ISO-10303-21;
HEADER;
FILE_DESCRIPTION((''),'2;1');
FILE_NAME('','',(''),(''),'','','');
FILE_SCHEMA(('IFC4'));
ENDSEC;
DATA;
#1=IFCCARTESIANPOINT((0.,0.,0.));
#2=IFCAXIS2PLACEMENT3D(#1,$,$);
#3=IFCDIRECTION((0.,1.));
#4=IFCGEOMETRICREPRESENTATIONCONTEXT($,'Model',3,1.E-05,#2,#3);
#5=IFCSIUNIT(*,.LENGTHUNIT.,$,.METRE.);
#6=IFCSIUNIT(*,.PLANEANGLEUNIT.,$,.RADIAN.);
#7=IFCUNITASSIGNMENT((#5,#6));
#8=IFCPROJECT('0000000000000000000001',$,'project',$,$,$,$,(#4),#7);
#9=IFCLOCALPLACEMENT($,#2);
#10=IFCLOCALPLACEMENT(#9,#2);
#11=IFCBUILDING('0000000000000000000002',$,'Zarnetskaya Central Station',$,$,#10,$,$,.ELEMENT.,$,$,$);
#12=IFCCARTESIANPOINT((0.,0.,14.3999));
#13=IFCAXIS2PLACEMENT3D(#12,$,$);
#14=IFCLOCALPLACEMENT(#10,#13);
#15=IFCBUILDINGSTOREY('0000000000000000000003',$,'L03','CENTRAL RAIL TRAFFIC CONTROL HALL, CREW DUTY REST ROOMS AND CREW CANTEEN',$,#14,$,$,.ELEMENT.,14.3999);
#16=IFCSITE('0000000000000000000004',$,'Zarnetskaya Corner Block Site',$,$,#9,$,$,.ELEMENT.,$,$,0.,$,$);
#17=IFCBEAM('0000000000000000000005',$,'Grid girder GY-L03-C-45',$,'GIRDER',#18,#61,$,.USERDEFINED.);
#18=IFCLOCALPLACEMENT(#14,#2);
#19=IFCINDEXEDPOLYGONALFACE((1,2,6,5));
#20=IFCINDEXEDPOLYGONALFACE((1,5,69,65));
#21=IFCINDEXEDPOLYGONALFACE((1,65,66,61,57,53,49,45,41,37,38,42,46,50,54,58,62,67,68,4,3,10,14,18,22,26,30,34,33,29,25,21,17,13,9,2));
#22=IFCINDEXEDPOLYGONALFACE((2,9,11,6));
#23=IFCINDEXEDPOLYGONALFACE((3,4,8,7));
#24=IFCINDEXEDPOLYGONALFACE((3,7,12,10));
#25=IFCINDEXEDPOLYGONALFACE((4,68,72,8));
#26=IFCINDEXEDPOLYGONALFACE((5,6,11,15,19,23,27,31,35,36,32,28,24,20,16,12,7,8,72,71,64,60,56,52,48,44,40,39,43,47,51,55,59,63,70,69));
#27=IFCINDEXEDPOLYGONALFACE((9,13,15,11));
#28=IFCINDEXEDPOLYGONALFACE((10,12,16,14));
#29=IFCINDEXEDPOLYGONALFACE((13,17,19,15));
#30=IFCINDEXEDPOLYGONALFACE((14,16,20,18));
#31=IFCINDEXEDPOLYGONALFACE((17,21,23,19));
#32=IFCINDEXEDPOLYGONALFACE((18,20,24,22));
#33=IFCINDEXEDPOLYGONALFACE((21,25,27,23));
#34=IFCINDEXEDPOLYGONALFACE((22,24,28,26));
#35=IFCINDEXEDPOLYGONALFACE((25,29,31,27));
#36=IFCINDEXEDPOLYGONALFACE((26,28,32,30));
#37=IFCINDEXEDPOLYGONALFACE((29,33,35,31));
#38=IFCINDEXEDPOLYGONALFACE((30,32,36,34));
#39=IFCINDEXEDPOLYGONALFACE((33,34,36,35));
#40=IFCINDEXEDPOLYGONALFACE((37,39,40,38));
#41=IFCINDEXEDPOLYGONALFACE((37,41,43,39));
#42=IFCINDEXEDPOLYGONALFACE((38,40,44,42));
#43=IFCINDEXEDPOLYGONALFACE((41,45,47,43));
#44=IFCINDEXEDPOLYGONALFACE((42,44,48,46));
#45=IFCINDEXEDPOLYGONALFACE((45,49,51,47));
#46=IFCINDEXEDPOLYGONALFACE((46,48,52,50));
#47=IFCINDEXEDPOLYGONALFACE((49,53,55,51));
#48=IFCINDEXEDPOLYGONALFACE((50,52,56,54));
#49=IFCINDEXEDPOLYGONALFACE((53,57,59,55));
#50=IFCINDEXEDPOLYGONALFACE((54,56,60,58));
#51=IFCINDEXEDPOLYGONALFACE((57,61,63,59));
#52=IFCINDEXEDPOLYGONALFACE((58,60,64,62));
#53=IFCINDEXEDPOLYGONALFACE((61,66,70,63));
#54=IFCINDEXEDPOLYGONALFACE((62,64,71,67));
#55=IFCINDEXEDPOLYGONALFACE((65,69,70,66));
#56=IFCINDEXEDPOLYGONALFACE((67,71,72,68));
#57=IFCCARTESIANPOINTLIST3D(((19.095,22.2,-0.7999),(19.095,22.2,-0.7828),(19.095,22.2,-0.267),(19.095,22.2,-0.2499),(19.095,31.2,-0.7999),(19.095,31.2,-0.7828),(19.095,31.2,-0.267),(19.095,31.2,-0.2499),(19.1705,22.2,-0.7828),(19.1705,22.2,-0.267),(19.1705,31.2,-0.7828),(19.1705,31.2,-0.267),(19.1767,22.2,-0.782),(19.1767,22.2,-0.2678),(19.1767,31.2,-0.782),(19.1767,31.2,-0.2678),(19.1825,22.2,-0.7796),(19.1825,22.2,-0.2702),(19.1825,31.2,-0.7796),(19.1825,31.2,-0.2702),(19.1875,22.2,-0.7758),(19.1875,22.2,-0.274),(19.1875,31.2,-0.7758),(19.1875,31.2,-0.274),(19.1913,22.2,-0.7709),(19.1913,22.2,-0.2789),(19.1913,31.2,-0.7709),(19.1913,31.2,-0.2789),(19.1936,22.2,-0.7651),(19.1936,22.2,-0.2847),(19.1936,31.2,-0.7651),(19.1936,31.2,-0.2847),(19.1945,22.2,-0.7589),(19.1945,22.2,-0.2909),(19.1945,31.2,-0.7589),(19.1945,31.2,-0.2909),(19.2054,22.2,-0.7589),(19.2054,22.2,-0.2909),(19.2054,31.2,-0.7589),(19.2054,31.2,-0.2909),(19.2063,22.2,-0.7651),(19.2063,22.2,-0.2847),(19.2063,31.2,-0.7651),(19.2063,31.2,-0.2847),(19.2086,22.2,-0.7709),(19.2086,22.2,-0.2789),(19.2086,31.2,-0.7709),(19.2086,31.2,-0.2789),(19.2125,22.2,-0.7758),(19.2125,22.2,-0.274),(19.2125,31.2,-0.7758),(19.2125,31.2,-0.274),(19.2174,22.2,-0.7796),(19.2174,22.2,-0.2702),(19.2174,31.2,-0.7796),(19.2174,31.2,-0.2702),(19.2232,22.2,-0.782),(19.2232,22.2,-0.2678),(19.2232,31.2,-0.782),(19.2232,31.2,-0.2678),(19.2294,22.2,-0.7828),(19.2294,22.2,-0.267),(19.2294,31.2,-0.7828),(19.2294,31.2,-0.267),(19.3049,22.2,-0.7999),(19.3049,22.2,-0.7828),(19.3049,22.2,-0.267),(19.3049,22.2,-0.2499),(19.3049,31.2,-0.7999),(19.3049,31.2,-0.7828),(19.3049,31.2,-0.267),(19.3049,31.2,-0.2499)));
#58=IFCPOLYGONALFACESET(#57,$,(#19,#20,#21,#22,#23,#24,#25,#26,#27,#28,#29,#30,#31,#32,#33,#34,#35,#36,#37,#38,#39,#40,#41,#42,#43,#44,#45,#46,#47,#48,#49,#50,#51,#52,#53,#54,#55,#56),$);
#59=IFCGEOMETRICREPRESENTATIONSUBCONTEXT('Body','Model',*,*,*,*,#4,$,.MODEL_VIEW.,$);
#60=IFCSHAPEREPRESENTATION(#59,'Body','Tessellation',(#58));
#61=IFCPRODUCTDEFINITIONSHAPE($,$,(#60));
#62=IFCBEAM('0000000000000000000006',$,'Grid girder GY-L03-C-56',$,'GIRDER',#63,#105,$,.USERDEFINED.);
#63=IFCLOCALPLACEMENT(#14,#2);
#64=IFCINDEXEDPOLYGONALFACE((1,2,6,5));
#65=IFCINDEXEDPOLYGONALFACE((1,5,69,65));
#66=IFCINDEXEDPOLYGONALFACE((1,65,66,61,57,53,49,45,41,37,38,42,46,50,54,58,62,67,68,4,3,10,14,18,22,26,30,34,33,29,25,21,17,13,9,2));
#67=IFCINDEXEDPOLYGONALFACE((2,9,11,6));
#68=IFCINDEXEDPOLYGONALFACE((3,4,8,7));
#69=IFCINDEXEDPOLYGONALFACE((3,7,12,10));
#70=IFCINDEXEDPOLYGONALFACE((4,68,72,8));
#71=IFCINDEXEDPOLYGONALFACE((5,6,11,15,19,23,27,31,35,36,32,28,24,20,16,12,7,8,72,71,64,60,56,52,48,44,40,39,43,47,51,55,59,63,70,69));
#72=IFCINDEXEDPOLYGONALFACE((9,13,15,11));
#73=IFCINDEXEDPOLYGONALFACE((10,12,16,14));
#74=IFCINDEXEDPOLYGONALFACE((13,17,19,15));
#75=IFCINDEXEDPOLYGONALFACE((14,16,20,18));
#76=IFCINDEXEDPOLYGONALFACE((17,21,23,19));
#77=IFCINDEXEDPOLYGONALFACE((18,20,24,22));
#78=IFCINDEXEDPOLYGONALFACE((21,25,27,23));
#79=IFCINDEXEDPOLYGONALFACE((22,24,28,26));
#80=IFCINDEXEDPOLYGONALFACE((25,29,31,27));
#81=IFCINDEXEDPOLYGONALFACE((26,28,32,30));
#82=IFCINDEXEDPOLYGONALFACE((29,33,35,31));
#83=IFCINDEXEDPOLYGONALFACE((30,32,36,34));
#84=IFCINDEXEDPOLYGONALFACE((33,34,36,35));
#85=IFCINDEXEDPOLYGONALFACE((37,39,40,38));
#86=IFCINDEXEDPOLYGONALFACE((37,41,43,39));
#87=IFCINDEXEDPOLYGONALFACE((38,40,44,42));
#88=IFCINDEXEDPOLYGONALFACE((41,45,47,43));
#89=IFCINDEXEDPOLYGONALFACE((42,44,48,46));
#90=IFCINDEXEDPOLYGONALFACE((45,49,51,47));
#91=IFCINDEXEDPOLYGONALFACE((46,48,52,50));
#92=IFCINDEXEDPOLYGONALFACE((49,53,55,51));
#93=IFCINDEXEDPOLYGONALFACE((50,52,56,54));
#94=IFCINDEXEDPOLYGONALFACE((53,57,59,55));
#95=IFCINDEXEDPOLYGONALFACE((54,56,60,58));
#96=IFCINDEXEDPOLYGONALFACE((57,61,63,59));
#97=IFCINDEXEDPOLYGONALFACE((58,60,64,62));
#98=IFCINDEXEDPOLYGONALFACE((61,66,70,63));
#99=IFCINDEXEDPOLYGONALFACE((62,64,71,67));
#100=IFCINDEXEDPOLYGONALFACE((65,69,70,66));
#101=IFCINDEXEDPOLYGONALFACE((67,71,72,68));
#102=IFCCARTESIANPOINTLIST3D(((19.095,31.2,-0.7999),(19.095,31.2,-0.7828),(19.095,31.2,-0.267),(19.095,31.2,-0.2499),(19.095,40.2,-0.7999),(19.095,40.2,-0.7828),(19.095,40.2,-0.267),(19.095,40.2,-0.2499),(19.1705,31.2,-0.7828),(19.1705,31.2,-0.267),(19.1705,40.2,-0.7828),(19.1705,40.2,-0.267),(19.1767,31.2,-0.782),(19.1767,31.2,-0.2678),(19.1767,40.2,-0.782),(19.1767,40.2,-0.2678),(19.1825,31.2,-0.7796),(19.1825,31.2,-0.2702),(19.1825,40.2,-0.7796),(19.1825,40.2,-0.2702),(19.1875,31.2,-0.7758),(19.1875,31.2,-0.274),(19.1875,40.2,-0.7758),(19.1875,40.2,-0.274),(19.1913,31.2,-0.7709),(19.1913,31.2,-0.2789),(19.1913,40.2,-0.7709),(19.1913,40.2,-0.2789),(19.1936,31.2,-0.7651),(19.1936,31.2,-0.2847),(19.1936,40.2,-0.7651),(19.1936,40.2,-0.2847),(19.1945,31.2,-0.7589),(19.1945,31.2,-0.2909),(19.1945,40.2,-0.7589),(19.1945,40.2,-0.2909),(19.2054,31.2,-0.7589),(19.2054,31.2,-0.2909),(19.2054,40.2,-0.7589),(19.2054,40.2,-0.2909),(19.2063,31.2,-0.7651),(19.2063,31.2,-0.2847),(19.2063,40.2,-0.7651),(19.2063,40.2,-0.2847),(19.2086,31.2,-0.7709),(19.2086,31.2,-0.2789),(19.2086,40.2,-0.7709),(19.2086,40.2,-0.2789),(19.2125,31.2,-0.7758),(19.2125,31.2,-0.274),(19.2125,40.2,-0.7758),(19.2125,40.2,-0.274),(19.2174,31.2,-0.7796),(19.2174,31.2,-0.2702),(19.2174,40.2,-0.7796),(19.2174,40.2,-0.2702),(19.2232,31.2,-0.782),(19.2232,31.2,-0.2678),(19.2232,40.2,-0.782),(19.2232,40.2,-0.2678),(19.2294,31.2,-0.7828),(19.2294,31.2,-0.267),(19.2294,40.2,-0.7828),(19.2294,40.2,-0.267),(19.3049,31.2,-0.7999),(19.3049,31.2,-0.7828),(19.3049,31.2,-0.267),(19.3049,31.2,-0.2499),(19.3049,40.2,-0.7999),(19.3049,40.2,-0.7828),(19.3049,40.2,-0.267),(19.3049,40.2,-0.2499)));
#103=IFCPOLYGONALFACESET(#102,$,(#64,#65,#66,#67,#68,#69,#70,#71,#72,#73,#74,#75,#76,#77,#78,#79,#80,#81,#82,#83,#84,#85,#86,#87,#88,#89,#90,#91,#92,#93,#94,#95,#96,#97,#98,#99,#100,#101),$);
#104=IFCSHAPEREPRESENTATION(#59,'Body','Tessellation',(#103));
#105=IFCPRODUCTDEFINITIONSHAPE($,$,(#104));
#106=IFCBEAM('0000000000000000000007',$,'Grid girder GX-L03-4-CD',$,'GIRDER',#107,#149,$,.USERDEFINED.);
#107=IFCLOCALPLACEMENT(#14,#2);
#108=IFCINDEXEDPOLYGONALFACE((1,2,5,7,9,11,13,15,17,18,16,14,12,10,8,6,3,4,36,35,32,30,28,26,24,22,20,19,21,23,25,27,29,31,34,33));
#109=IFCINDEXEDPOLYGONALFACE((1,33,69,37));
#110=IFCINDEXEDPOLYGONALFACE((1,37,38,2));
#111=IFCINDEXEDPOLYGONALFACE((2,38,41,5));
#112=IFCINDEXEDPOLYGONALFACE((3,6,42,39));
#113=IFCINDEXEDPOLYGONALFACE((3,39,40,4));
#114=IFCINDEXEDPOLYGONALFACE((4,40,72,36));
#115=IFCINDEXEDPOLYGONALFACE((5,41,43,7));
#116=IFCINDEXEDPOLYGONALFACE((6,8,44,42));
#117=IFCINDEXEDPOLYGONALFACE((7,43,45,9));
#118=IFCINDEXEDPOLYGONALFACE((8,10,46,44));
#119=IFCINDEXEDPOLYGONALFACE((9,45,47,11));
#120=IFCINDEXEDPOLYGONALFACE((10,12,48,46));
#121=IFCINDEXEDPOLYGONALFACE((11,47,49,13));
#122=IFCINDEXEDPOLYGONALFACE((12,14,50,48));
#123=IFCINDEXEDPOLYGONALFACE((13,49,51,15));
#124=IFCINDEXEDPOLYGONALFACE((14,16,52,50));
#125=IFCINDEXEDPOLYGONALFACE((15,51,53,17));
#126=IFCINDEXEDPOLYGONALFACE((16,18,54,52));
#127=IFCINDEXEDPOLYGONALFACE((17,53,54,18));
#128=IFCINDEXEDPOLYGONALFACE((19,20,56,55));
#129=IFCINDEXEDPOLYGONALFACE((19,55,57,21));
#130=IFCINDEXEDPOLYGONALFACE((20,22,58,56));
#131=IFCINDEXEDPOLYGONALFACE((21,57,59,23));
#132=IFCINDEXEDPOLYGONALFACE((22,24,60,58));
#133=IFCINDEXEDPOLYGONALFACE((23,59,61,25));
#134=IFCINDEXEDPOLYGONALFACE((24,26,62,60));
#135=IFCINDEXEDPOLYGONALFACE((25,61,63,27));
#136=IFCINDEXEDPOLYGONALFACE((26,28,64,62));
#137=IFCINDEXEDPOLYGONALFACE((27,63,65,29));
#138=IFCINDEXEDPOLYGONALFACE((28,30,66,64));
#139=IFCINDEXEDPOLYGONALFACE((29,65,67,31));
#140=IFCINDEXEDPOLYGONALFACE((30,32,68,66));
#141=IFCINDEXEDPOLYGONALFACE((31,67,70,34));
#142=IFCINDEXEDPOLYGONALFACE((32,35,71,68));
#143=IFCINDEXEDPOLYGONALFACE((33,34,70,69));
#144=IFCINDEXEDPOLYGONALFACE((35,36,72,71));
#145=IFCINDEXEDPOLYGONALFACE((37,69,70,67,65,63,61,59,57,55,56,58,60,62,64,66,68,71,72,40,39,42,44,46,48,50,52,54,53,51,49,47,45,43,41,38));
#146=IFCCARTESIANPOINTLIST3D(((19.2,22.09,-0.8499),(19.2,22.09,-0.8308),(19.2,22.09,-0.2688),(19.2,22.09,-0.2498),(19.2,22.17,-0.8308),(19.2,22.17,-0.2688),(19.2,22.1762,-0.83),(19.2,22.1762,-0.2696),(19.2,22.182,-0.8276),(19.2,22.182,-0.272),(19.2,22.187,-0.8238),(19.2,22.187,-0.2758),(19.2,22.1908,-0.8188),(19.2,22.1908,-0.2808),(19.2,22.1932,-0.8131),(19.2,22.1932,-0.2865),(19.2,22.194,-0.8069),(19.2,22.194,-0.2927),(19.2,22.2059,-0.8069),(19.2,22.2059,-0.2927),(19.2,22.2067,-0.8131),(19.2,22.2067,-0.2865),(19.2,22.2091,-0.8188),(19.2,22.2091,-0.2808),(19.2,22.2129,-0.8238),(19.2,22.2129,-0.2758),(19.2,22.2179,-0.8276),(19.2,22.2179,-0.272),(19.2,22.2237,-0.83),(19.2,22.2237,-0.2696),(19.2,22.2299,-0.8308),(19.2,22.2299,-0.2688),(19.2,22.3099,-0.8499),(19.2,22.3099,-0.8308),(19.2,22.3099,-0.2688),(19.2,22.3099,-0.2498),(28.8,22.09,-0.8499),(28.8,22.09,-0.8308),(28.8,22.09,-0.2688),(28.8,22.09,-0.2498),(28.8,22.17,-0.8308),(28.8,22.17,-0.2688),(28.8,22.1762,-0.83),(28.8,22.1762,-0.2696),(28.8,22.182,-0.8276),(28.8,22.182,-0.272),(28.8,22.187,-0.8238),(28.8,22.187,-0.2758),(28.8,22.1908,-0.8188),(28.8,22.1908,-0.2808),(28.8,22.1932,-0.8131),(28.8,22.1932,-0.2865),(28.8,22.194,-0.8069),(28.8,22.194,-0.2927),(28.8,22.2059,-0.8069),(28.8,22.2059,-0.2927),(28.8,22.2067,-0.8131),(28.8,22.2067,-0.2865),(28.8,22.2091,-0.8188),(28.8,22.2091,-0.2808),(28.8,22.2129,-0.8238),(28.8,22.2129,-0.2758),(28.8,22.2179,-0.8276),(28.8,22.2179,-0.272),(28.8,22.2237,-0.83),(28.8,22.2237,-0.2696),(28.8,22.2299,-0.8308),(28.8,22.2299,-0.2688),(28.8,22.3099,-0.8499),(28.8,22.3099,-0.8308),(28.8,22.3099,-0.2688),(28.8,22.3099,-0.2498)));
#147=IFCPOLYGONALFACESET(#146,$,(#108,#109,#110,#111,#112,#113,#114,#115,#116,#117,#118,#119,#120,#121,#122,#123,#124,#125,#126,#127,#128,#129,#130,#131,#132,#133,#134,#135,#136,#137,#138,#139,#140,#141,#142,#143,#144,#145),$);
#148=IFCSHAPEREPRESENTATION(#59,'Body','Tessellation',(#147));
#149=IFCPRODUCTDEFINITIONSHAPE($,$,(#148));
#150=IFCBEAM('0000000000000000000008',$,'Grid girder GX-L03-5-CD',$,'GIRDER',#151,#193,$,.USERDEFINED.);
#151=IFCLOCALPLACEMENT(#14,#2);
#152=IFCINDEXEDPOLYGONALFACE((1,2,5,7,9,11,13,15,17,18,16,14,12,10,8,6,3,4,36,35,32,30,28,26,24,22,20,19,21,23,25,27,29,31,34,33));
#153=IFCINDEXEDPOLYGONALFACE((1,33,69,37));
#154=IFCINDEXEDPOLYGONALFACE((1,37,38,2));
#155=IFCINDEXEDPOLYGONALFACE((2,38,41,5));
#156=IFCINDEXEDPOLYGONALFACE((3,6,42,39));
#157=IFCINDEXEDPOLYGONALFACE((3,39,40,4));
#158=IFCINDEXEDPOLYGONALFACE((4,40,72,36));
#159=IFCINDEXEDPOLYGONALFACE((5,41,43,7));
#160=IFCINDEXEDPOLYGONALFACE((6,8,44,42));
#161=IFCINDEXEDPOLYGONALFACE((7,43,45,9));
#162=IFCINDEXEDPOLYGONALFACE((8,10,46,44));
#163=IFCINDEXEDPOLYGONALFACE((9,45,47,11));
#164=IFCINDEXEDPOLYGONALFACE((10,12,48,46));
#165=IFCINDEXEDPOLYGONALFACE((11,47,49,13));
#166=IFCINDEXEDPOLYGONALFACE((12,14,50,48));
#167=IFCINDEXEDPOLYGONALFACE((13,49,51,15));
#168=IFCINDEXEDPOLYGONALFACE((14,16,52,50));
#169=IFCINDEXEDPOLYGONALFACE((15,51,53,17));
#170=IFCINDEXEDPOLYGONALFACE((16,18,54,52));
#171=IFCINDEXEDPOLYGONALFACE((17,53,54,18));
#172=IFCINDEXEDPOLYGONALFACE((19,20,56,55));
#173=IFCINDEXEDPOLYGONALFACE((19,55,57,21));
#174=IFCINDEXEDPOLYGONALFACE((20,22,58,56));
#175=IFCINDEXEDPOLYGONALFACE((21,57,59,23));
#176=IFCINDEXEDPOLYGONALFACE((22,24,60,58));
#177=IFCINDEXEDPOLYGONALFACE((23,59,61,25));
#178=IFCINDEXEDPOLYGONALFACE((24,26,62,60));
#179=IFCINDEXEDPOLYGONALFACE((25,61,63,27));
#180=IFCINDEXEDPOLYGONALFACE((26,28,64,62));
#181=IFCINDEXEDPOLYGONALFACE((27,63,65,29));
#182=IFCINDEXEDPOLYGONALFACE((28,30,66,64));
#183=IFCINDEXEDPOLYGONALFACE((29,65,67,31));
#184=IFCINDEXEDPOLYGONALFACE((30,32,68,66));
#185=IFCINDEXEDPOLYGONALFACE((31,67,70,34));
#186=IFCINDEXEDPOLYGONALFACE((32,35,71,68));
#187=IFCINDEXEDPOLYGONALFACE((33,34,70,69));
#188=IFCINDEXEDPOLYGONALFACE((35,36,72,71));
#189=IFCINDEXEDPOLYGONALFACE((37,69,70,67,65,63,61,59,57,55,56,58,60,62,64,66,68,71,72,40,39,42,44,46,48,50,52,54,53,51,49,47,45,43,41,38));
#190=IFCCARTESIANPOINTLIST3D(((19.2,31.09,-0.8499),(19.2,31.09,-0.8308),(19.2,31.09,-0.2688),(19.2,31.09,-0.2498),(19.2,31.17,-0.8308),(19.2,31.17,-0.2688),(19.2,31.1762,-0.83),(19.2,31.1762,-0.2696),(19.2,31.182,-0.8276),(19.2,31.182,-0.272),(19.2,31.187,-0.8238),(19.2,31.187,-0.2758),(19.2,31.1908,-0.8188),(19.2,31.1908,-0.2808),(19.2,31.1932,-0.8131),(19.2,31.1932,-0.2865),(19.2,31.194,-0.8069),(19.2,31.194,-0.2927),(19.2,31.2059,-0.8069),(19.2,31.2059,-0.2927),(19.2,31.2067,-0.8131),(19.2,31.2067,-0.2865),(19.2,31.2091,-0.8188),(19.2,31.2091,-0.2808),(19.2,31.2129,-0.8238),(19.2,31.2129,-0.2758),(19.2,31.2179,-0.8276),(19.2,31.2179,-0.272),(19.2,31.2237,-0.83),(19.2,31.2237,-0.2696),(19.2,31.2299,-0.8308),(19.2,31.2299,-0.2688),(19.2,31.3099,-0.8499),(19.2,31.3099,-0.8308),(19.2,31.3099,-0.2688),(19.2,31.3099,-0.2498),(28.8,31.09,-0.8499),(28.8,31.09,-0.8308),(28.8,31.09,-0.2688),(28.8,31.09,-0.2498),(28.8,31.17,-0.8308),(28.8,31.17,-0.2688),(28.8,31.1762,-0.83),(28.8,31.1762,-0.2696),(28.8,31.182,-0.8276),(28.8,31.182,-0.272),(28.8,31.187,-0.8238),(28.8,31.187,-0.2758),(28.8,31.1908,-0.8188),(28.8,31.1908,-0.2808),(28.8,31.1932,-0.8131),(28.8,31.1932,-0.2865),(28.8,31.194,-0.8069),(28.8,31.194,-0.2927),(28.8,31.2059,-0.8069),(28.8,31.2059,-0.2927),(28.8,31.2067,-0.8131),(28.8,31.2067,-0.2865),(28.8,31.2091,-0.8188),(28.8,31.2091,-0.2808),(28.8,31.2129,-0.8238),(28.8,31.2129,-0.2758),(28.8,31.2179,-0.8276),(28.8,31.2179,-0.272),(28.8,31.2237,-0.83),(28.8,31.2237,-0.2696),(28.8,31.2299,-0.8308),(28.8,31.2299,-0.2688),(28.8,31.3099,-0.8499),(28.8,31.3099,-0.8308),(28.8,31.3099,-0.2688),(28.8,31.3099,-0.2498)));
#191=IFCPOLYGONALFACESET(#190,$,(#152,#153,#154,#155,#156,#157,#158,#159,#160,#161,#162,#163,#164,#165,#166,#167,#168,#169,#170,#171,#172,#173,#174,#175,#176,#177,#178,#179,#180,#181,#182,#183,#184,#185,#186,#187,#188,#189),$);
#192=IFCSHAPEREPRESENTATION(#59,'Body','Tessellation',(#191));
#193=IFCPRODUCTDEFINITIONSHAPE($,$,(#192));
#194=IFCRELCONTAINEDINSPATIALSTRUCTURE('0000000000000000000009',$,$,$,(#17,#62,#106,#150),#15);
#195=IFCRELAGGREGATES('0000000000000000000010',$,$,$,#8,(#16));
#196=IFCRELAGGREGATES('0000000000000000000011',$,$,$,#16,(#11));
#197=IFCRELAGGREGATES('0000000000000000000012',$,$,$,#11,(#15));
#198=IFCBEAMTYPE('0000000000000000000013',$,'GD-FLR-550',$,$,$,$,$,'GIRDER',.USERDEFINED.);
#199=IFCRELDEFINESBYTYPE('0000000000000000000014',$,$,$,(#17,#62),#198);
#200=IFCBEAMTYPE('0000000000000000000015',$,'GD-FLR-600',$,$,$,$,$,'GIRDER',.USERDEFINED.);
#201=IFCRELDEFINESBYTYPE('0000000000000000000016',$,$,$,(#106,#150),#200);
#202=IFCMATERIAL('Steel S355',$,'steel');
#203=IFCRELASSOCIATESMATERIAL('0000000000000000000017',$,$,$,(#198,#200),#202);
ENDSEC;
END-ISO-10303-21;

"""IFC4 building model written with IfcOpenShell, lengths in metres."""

from ifc_helpers import new_model, si_unit, direction, frame, origin, origin_2d, place, context, subcontext, project, spatial, i_section, extrude, material, material_profile, profile_set, type_object, element, save


model = new_model("IFC4")

# Units and contexts
model_context = context("Model", 3, precision=1e-05, world=origin(), true_north=direction((0.0, 1.0)))
body_context = subcontext(model_context, "Body", "Model", "MODEL_VIEW")
ifc_project = project(units=[si_unit("LENGTHUNIT", "METRE"), si_unit("PLANEANGLEUNIT", "RADIAN")], contexts=[model_context])

# Site, building, storey
site_placement = place(None, origin())
site = spatial("IfcSite", under=ifc_project, at=site_placement, Name="Zarnetskaya Corner Block Site", CompositionType="ELEMENT", RefElevation=0.0)
building_placement = place(site_placement, origin())
building = spatial("IfcBuilding", under=site, at=building_placement, Name="Zarnetskaya Central Station", CompositionType="ELEMENT")
storey_placement = place(building_placement, frame((0.0, 0.0, 14.3999)))
storey = spatial("IfcBuildingStorey", under=building, at=storey_placement, Name="L03", Description="CENTRAL RAIL TRAFFIC CONTROL HALL, CREW DUTY REST ROOMS AND CREW CANTEEN", CompositionType="ELEMENT", Elevation=14.3999)

# Shared definitions
ifc_material_1 = material(Name="Steel S355", Category="steel")

# Beams
ifc_material_profile_1 = material_profile(ifc_material_1, i_section(OverallWidth=0.21, OverallDepth=0.55, WebThickness=0.011, FlangeThickness=0.0171, FilletRadius=0.0239, at=origin_2d()), Name="IPE 550")
ifc_profile_set_1 = profile_set([ifc_material_profile_1], Name="Steel S355")
beam_type_1 = type_object("IfcBeamType", Name="GD-FLR-550", ElementType="GIRDER", PredefinedType="USERDEFINED", material=ifc_profile_set_1)
for number, where, z_axis, x_axis, name in (
    (1, (19.2, 22.2, -0.5249), (0.0, 1.0, 0.0), (-1.0, 0.0, 0.0), "Grid girder GY-L03-C-45"),
    (2, (19.2, 31.2, -0.5249), (0.0, 1.0, 0.0), (-1.0, 0.0, 0.0), "Grid girder GY-L03-C-56"),
):
    element("IfcBeam", number, at=place(storey_placement, frame(where, z_axis=z_axis, x_axis=x_axis)), inside=storey, type_object=beam_type_1, Name=name, ObjectType="GIRDER", PredefinedType="USERDEFINED", context=body_context, shape_type="SweptSolid", body=[
        extrude(i_section(OverallWidth=0.21, OverallDepth=0.55, WebThickness=0.011, FlangeThickness=0.0171, FilletRadius=0.0239, at=origin_2d()), origin(), (0.0, 0.0, 1.0), 9.0),
    ])
ifc_material_profile_2 = material_profile(ifc_material_1, i_section(OverallWidth=0.22, OverallDepth=0.6001, WebThickness=0.012, FlangeThickness=0.019, FilletRadius=0.0239, at=origin_2d()), Name="IPE 600")
ifc_profile_set_2 = profile_set([ifc_material_profile_2], Name="Steel S355")
beam_type_2 = type_object("IfcBeamType", Name="GD-FLR-600", ElementType="GIRDER", PredefinedType="USERDEFINED", material=ifc_profile_set_2)
for number, where, z_axis, x_axis, name in (
    (3, (19.2, 22.2, -0.5498), (1.0, 0.0, 0.0), (0.0, 1.0, 0.0), "Grid girder GX-L03-4-CD"),
    (4, (19.2, 31.2, -0.5498), (1.0, 0.0, 0.0), (0.0, 1.0, 0.0), "Grid girder GX-L03-5-CD"),
):
    element("IfcBeam", number, at=place(storey_placement, frame(where, z_axis=z_axis, x_axis=x_axis)), inside=storey, type_object=beam_type_2, Name=name, ObjectType="GIRDER", PredefinedType="USERDEFINED", context=body_context, shape_type="SweptSolid", body=[
        extrude(i_section(OverallWidth=0.22, OverallDepth=0.6001, WebThickness=0.012, FlangeThickness=0.019, FilletRadius=0.0239, at=origin_2d()), origin(), (0.0, 0.0, 1.0), 9.6001),
    ])

save(model, "model.ifc")
